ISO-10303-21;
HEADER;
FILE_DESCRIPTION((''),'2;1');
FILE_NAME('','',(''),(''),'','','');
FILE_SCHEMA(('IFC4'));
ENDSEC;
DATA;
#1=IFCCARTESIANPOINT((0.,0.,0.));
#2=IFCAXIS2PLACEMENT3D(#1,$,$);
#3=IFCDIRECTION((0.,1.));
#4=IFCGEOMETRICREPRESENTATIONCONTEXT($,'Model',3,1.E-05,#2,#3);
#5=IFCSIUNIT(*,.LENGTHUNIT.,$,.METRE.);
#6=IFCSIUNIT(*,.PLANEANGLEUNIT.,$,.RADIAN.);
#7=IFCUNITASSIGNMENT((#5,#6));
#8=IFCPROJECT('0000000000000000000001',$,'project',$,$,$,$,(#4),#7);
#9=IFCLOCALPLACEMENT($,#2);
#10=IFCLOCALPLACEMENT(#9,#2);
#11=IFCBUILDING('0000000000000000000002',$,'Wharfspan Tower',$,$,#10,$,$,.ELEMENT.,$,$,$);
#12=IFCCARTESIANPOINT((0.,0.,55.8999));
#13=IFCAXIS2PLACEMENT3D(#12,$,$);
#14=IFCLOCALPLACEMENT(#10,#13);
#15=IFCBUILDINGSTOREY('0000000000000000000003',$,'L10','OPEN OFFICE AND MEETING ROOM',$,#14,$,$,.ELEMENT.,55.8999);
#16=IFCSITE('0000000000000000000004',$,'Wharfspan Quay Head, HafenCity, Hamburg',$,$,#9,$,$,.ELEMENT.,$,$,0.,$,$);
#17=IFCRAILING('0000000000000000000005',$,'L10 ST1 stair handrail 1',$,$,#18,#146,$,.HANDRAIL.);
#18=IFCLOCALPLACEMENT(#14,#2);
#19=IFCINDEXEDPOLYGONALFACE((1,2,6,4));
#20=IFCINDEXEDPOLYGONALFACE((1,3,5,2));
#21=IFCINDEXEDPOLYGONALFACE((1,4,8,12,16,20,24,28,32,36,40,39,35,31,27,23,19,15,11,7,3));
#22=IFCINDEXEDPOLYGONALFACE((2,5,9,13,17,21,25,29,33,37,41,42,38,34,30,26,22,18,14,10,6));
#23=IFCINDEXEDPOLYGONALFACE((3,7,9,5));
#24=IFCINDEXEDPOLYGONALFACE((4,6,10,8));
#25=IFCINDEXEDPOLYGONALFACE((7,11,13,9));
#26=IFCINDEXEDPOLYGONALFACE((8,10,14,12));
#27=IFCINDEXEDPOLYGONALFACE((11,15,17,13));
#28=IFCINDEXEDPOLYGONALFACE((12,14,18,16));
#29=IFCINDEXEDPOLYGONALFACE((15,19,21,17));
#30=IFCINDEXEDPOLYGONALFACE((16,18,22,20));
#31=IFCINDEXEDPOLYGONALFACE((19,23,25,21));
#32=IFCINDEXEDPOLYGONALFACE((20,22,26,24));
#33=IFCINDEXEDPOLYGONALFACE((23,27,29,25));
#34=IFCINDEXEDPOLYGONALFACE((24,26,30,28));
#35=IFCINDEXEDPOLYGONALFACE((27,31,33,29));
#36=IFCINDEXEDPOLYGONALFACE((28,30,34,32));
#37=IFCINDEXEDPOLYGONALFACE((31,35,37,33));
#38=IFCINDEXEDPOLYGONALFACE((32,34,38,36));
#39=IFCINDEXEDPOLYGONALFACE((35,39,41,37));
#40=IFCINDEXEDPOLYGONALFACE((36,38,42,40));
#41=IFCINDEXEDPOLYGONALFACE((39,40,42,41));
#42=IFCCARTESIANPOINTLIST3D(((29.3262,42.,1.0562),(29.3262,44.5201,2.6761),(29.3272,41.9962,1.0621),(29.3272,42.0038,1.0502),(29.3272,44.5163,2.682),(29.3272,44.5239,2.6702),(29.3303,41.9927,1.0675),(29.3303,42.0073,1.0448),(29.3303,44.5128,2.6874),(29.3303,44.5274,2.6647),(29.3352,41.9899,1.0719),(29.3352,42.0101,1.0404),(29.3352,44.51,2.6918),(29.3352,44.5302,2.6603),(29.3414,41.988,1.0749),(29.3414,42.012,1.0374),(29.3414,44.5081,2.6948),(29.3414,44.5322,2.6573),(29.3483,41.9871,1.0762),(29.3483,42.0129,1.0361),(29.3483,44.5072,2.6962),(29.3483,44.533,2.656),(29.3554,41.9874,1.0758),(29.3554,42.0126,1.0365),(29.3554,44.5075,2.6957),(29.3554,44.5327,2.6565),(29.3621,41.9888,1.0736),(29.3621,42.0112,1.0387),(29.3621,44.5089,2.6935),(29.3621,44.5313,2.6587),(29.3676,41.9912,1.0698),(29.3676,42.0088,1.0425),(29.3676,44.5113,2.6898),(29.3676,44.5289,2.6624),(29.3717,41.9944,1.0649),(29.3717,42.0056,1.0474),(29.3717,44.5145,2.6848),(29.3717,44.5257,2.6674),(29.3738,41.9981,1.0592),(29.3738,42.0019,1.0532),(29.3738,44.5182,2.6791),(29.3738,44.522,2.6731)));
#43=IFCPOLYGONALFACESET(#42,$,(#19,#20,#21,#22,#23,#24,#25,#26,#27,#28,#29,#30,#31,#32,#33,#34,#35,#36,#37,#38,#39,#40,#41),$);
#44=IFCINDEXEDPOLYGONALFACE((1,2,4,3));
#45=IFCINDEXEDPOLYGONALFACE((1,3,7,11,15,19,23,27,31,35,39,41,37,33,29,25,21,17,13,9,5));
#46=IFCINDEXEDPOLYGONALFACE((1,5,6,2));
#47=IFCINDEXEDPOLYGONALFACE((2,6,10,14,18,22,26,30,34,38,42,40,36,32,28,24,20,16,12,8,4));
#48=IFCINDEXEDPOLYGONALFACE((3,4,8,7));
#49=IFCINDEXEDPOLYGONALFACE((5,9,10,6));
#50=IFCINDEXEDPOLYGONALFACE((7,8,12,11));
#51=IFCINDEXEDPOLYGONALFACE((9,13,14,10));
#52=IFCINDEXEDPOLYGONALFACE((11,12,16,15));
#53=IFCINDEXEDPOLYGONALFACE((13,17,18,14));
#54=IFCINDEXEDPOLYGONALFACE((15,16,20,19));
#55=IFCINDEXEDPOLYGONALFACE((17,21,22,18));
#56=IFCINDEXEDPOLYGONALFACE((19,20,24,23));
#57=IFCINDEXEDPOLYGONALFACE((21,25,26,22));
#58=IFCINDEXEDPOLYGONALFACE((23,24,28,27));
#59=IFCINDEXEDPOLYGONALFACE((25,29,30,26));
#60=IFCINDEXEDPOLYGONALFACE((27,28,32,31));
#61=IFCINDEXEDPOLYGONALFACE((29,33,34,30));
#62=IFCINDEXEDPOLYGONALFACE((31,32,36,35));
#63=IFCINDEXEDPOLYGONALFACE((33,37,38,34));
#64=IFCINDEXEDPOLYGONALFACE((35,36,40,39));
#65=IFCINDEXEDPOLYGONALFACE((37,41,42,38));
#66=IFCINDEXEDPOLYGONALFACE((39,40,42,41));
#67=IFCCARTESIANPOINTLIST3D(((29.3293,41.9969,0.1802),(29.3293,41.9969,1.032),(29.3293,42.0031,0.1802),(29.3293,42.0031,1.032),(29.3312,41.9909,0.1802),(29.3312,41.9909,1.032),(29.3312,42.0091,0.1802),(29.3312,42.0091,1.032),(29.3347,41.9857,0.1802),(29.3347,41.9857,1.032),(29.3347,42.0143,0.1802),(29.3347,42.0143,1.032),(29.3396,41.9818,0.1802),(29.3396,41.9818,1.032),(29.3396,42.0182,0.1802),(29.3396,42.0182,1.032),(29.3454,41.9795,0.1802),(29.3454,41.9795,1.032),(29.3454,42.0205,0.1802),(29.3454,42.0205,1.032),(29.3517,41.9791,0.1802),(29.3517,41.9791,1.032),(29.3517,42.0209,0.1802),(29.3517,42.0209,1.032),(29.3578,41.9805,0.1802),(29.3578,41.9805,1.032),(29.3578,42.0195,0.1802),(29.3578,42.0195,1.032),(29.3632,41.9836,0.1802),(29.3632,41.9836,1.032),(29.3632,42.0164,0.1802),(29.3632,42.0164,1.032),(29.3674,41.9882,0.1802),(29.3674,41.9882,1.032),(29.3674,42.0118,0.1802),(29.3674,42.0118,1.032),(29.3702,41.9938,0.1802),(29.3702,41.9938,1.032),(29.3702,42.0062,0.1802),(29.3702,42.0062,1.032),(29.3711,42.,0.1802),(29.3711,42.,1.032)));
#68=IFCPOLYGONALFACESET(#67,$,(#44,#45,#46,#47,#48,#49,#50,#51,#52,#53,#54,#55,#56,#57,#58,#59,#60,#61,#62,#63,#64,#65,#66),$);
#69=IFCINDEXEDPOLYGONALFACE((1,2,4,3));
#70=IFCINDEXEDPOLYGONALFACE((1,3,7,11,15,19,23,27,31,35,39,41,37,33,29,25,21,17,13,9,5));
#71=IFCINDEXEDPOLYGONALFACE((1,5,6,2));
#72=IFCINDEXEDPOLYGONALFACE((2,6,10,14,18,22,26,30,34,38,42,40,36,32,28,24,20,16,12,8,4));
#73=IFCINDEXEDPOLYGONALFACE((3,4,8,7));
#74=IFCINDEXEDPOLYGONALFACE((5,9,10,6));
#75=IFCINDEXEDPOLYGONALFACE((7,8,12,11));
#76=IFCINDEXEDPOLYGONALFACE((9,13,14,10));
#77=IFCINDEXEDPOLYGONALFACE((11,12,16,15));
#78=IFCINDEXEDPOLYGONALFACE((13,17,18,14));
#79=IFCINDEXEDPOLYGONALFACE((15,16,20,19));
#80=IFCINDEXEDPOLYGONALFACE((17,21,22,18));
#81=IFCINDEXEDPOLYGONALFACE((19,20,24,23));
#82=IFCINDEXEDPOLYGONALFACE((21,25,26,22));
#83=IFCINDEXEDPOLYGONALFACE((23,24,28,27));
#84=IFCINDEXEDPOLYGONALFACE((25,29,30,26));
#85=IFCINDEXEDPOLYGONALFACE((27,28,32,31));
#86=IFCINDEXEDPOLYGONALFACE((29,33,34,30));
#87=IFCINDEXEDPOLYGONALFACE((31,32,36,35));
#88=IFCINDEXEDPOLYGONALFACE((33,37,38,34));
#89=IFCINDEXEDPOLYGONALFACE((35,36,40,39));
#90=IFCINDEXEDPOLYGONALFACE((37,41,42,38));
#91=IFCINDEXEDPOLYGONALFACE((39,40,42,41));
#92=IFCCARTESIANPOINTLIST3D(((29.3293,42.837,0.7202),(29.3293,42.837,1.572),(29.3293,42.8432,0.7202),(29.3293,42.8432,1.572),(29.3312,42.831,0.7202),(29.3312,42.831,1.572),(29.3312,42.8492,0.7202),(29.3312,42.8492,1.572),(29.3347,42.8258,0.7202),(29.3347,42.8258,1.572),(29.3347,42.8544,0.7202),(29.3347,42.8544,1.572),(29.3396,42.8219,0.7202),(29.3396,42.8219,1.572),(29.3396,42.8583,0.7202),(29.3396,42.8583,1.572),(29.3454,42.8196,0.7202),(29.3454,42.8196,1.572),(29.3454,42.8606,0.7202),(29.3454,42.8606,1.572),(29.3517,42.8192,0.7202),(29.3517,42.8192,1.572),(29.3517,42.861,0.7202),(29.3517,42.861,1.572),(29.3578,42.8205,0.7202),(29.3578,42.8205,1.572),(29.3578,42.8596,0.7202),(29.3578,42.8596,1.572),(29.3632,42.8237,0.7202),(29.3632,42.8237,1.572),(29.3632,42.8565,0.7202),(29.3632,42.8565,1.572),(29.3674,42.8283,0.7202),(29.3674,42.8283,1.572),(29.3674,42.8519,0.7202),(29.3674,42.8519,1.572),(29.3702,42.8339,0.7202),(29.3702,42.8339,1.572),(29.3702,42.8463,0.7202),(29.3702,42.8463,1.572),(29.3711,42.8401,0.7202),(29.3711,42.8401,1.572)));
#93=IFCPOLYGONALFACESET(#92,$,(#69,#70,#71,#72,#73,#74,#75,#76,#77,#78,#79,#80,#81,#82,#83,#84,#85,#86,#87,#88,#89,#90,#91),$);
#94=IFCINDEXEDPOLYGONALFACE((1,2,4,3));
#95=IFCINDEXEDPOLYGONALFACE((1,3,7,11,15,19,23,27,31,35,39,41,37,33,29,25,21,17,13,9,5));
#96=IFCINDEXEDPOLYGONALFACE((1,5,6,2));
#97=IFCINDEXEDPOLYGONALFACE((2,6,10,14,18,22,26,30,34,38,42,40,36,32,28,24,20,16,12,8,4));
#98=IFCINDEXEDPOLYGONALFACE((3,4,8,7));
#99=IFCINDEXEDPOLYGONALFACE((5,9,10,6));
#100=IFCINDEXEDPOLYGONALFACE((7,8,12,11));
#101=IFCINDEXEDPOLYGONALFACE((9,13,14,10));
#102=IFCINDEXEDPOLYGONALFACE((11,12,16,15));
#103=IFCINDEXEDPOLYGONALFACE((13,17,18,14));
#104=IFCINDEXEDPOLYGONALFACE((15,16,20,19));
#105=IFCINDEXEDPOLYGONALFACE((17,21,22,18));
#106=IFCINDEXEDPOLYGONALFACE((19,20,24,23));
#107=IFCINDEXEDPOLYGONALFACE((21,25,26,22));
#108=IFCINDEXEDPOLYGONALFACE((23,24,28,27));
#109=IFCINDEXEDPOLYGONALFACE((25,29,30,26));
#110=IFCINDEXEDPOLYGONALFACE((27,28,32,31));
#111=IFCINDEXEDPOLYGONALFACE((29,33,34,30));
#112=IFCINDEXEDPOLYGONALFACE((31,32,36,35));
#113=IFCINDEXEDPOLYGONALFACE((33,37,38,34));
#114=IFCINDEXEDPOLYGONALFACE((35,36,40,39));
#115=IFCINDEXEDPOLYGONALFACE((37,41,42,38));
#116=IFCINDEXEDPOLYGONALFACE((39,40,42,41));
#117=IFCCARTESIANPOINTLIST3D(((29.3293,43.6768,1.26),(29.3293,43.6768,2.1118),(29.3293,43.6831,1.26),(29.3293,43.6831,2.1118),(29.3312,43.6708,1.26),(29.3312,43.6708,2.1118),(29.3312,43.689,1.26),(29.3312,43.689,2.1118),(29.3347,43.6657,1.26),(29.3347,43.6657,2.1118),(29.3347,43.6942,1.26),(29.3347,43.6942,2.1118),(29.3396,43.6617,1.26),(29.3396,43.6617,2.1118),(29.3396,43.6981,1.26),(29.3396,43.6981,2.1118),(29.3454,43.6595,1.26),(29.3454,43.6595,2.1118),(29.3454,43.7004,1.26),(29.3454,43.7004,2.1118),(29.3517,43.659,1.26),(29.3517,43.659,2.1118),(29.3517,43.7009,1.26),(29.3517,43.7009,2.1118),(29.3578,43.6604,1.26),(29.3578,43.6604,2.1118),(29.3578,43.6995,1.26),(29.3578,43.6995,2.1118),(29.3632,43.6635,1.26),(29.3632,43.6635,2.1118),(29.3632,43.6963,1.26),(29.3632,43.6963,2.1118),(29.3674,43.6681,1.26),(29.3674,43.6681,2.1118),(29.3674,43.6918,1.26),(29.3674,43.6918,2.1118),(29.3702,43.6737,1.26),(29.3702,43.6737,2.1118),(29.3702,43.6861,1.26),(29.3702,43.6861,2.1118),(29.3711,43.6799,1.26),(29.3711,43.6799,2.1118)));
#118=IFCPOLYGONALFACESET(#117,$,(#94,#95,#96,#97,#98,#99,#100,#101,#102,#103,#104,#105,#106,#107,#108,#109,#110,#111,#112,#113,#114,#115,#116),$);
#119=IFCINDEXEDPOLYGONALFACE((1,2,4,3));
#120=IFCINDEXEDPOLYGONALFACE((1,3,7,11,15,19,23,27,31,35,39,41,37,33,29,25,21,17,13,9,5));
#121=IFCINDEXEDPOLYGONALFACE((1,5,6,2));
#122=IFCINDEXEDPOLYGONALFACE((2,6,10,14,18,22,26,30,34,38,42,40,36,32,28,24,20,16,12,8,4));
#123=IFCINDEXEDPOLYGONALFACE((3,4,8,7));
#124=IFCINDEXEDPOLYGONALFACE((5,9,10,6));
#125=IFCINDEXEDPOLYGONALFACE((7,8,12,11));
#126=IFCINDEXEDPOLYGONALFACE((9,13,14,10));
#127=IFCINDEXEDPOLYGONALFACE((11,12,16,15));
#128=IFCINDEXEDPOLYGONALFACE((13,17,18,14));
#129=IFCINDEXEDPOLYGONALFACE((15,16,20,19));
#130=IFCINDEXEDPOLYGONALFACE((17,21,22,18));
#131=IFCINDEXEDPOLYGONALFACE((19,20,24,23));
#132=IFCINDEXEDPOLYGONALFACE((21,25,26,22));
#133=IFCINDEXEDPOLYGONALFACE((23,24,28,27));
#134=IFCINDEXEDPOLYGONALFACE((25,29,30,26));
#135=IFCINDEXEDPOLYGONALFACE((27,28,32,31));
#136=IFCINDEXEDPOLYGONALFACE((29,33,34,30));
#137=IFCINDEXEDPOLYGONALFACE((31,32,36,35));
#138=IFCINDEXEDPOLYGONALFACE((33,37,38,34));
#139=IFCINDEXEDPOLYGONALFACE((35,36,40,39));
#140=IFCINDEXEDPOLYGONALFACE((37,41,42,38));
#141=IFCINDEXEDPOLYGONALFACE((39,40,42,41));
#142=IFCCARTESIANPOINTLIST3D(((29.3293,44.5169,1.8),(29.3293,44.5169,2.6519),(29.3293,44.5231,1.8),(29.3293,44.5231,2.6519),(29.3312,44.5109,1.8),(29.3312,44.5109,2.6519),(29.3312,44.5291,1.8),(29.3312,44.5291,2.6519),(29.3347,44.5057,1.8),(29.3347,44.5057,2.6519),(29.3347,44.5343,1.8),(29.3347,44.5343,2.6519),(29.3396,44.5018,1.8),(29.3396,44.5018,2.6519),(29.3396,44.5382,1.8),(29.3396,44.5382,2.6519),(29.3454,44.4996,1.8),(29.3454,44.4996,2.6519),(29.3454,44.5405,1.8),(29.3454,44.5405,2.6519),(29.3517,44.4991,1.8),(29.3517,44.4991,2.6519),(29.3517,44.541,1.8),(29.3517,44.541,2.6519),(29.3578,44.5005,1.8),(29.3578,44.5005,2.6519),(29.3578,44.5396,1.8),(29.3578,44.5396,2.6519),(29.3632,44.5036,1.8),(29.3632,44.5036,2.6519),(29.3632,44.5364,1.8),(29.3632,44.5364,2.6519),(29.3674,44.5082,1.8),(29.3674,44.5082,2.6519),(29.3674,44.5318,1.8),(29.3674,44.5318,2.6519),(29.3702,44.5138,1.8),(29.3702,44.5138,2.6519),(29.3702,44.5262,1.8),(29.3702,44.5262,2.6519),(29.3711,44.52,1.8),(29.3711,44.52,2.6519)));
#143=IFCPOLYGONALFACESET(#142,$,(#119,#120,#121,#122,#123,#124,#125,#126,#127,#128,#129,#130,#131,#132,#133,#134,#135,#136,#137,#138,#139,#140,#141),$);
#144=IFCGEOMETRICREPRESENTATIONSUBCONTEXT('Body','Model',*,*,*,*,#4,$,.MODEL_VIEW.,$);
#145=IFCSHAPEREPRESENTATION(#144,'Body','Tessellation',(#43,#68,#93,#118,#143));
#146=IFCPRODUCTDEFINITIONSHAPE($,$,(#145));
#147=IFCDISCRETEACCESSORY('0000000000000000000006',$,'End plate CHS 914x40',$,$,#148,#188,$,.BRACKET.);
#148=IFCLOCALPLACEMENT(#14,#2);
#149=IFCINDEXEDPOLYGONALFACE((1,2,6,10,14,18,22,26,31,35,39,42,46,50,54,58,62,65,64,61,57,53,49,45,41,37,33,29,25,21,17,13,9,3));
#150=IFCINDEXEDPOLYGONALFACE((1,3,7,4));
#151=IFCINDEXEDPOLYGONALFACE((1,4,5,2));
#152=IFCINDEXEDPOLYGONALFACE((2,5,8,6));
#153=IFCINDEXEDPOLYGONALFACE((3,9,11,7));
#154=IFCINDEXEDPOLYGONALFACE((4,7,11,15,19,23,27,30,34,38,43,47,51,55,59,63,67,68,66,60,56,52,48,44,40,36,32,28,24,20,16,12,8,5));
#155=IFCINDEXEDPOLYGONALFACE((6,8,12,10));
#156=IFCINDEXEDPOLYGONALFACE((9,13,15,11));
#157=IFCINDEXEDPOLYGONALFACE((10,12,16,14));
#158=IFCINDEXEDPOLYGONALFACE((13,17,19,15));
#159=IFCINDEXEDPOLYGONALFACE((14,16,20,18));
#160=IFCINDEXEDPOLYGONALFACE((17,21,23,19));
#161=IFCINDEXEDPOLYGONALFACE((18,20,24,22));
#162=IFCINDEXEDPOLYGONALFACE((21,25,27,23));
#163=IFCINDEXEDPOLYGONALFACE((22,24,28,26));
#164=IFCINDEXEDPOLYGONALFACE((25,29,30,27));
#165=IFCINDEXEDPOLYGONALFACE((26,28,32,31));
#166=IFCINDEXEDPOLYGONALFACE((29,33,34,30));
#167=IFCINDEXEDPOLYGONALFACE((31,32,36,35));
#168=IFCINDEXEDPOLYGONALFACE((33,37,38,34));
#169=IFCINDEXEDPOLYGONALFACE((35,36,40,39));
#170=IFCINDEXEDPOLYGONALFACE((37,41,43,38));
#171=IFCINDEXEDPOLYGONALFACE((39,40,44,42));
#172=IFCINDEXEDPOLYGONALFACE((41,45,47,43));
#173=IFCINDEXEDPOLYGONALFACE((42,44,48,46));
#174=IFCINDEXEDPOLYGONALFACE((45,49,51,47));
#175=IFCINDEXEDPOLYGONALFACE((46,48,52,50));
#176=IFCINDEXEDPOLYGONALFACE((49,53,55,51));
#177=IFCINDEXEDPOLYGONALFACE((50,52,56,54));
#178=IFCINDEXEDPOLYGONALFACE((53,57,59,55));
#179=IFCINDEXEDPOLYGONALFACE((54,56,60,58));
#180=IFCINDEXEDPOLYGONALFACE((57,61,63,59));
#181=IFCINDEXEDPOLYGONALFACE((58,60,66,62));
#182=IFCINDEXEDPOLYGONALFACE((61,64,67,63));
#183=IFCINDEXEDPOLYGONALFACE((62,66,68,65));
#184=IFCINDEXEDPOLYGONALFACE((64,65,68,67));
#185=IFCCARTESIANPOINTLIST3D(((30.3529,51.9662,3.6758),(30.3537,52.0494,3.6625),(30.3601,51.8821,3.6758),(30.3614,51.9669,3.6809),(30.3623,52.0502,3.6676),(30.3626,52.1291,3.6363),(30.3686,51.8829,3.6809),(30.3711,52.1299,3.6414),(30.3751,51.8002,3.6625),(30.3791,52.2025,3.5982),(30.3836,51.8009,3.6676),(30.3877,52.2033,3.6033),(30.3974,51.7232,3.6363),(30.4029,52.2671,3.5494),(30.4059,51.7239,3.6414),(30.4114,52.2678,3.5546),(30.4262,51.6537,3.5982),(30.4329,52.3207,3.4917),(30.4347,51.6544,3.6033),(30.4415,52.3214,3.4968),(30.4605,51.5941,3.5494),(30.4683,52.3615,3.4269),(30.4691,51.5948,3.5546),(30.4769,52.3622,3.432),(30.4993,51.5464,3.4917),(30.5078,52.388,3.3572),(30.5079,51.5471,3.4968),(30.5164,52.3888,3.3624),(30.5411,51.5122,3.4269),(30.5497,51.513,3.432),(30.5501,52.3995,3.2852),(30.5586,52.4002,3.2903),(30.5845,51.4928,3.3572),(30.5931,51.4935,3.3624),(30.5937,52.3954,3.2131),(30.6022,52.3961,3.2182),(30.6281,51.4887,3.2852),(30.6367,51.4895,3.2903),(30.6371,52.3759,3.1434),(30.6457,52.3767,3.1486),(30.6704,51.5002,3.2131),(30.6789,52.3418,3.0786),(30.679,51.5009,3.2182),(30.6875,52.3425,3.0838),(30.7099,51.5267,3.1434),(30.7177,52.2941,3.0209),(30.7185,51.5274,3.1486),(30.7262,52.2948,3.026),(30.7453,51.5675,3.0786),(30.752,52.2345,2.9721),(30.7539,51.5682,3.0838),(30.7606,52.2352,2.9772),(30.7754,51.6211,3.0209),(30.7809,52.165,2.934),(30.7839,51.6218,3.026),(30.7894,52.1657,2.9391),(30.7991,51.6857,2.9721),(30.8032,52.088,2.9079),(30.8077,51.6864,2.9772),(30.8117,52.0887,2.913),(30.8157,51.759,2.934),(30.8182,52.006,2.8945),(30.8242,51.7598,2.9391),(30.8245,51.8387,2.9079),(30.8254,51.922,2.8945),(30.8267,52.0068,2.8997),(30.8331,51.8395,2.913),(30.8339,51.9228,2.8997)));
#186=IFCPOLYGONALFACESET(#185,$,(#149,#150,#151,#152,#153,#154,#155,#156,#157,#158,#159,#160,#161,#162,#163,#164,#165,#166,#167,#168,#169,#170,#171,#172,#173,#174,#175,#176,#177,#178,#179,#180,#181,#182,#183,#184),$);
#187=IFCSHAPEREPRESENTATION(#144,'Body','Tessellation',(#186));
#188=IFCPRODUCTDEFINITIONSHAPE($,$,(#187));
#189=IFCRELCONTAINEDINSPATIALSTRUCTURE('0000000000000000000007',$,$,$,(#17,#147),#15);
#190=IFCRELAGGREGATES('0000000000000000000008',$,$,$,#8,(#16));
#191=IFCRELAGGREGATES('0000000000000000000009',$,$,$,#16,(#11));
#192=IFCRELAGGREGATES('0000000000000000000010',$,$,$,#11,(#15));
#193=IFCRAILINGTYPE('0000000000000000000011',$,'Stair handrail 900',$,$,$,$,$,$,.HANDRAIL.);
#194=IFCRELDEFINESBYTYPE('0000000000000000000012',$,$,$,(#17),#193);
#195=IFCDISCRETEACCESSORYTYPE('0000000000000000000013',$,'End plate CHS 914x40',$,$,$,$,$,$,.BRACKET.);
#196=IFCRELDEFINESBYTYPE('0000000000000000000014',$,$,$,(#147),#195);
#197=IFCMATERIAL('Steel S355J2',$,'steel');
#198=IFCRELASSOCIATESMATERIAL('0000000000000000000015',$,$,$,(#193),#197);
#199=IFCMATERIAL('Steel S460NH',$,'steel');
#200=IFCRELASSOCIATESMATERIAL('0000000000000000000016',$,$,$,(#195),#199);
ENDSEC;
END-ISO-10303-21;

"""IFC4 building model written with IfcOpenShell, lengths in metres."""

from ifc_helpers import new_model, si_unit, direction, frame, origin, origin_2d, place, context, subcontext, project, spatial, circle, extrude, material, material_profile, profile_set, type_object, element, save


model = new_model("IFC4")

# Units and contexts
model_context = context("Model", 3, precision=1e-05, world=origin(), true_north=direction((0.0, 1.0)))
body_context = subcontext(model_context, "Body", "Model", "MODEL_VIEW")
ifc_project = project(units=[si_unit("LENGTHUNIT", "METRE"), si_unit("PLANEANGLEUNIT", "RADIAN")], contexts=[model_context])

# Site, building, storey
site_placement = place(None, origin())
site = spatial("IfcSite", under=ifc_project, at=site_placement, Name="Wharfspan Quay Head, HafenCity, Hamburg", CompositionType="ELEMENT", RefElevation=0.0)
building_placement = place(site_placement, origin())
building = spatial("IfcBuilding", under=site, at=building_placement, Name="Wharfspan Tower", CompositionType="ELEMENT")
storey_placement = place(building_placement, frame((0.0, 0.0, 55.8999)))
storey = spatial("IfcBuildingStorey", under=building, at=storey_placement, Name="L10", Description="OPEN OFFICE AND MEETING ROOM", CompositionType="ELEMENT", Elevation=55.8999)

# Shared definitions
ifc_material_1 = material(Name="Steel S355J2", Category="steel")

# Shared definitions
ifc_material_2 = material(Name="Steel S460NH", Category="steel")

# Railing
railing_type_1 = type_object("IfcRailingType", Name="Stair handrail 900", PredefinedType="HANDRAIL", material=ifc_material_1)
railing_1_placement = place(storey_placement, frame((29.3501, 42.0, 0.1802)))
element("IfcRailing", 1, at=railing_1_placement, inside=storey, type_object=railing_type_1, Name="L10 ST1 stair handrail 1", PredefinedType="HANDRAIL", context=body_context, shape_type="SweptSolid", body=[
    extrude(circle(Radius=0.0239, at=origin_2d()), frame((0.0, 0.0, 0.876), z_axis=(0.0, 0.8412, 0.540725), x_axis=(-1.0, 0.0, 0.0)), (0.0, 0.0, 1.0), 2.9958),
    extrude(circle(Radius=0.021, at=origin_2d()), origin(), (0.0, 0.0, 1.0), 0.8518),
    extrude(circle(Radius=0.021, at=origin_2d()), frame((0.0, 0.8401, 0.54)), (0.0, 0.0, 1.0), 0.8518),
    extrude(circle(Radius=0.021, at=origin_2d()), frame((0.0, 1.6799, 1.0798)), (0.0, 0.0, 1.0), 0.8518),
    extrude(circle(Radius=0.021, at=origin_2d()), frame((0.0, 2.52, 1.6199)), (0.0, 0.0, 1.0), 0.8518),
])

# Discrete accessory
ifc_material_profile_1 = material_profile(ifc_material_2, circle(Radius=0.457, at=origin_2d()))
ifc_profile_set_1 = profile_set([ifc_material_profile_1], Name="Steel S460NH")
discrete_accessory_type = type_object("IfcDiscreteAccessoryType", Name="End plate CHS 914x40", PredefinedType="BRACKET", material=ifc_profile_set_1)
for number, where, z_axis, x_axis, name in (
    (2, (30.5891, 51.9441, 3.2852), (0.855186, 0.073302, 0.513112), (-0.085402, 0.996345, 0.000001), "End plate CHS 914x40"),
):
    element("IfcDiscreteAccessory", number, at=place(storey_placement, frame(where, z_axis=z_axis, x_axis=x_axis)), inside=storey, type_object=discrete_accessory_type, Name=name, PredefinedType="BRACKET", context=body_context, shape_type="SweptSolid", body=[
        extrude(circle(Radius=0.457, at=origin_2d()), origin(), (0.0, 0.0, 1.0), 0.01),
    ])

save(model, "model.ifc")
